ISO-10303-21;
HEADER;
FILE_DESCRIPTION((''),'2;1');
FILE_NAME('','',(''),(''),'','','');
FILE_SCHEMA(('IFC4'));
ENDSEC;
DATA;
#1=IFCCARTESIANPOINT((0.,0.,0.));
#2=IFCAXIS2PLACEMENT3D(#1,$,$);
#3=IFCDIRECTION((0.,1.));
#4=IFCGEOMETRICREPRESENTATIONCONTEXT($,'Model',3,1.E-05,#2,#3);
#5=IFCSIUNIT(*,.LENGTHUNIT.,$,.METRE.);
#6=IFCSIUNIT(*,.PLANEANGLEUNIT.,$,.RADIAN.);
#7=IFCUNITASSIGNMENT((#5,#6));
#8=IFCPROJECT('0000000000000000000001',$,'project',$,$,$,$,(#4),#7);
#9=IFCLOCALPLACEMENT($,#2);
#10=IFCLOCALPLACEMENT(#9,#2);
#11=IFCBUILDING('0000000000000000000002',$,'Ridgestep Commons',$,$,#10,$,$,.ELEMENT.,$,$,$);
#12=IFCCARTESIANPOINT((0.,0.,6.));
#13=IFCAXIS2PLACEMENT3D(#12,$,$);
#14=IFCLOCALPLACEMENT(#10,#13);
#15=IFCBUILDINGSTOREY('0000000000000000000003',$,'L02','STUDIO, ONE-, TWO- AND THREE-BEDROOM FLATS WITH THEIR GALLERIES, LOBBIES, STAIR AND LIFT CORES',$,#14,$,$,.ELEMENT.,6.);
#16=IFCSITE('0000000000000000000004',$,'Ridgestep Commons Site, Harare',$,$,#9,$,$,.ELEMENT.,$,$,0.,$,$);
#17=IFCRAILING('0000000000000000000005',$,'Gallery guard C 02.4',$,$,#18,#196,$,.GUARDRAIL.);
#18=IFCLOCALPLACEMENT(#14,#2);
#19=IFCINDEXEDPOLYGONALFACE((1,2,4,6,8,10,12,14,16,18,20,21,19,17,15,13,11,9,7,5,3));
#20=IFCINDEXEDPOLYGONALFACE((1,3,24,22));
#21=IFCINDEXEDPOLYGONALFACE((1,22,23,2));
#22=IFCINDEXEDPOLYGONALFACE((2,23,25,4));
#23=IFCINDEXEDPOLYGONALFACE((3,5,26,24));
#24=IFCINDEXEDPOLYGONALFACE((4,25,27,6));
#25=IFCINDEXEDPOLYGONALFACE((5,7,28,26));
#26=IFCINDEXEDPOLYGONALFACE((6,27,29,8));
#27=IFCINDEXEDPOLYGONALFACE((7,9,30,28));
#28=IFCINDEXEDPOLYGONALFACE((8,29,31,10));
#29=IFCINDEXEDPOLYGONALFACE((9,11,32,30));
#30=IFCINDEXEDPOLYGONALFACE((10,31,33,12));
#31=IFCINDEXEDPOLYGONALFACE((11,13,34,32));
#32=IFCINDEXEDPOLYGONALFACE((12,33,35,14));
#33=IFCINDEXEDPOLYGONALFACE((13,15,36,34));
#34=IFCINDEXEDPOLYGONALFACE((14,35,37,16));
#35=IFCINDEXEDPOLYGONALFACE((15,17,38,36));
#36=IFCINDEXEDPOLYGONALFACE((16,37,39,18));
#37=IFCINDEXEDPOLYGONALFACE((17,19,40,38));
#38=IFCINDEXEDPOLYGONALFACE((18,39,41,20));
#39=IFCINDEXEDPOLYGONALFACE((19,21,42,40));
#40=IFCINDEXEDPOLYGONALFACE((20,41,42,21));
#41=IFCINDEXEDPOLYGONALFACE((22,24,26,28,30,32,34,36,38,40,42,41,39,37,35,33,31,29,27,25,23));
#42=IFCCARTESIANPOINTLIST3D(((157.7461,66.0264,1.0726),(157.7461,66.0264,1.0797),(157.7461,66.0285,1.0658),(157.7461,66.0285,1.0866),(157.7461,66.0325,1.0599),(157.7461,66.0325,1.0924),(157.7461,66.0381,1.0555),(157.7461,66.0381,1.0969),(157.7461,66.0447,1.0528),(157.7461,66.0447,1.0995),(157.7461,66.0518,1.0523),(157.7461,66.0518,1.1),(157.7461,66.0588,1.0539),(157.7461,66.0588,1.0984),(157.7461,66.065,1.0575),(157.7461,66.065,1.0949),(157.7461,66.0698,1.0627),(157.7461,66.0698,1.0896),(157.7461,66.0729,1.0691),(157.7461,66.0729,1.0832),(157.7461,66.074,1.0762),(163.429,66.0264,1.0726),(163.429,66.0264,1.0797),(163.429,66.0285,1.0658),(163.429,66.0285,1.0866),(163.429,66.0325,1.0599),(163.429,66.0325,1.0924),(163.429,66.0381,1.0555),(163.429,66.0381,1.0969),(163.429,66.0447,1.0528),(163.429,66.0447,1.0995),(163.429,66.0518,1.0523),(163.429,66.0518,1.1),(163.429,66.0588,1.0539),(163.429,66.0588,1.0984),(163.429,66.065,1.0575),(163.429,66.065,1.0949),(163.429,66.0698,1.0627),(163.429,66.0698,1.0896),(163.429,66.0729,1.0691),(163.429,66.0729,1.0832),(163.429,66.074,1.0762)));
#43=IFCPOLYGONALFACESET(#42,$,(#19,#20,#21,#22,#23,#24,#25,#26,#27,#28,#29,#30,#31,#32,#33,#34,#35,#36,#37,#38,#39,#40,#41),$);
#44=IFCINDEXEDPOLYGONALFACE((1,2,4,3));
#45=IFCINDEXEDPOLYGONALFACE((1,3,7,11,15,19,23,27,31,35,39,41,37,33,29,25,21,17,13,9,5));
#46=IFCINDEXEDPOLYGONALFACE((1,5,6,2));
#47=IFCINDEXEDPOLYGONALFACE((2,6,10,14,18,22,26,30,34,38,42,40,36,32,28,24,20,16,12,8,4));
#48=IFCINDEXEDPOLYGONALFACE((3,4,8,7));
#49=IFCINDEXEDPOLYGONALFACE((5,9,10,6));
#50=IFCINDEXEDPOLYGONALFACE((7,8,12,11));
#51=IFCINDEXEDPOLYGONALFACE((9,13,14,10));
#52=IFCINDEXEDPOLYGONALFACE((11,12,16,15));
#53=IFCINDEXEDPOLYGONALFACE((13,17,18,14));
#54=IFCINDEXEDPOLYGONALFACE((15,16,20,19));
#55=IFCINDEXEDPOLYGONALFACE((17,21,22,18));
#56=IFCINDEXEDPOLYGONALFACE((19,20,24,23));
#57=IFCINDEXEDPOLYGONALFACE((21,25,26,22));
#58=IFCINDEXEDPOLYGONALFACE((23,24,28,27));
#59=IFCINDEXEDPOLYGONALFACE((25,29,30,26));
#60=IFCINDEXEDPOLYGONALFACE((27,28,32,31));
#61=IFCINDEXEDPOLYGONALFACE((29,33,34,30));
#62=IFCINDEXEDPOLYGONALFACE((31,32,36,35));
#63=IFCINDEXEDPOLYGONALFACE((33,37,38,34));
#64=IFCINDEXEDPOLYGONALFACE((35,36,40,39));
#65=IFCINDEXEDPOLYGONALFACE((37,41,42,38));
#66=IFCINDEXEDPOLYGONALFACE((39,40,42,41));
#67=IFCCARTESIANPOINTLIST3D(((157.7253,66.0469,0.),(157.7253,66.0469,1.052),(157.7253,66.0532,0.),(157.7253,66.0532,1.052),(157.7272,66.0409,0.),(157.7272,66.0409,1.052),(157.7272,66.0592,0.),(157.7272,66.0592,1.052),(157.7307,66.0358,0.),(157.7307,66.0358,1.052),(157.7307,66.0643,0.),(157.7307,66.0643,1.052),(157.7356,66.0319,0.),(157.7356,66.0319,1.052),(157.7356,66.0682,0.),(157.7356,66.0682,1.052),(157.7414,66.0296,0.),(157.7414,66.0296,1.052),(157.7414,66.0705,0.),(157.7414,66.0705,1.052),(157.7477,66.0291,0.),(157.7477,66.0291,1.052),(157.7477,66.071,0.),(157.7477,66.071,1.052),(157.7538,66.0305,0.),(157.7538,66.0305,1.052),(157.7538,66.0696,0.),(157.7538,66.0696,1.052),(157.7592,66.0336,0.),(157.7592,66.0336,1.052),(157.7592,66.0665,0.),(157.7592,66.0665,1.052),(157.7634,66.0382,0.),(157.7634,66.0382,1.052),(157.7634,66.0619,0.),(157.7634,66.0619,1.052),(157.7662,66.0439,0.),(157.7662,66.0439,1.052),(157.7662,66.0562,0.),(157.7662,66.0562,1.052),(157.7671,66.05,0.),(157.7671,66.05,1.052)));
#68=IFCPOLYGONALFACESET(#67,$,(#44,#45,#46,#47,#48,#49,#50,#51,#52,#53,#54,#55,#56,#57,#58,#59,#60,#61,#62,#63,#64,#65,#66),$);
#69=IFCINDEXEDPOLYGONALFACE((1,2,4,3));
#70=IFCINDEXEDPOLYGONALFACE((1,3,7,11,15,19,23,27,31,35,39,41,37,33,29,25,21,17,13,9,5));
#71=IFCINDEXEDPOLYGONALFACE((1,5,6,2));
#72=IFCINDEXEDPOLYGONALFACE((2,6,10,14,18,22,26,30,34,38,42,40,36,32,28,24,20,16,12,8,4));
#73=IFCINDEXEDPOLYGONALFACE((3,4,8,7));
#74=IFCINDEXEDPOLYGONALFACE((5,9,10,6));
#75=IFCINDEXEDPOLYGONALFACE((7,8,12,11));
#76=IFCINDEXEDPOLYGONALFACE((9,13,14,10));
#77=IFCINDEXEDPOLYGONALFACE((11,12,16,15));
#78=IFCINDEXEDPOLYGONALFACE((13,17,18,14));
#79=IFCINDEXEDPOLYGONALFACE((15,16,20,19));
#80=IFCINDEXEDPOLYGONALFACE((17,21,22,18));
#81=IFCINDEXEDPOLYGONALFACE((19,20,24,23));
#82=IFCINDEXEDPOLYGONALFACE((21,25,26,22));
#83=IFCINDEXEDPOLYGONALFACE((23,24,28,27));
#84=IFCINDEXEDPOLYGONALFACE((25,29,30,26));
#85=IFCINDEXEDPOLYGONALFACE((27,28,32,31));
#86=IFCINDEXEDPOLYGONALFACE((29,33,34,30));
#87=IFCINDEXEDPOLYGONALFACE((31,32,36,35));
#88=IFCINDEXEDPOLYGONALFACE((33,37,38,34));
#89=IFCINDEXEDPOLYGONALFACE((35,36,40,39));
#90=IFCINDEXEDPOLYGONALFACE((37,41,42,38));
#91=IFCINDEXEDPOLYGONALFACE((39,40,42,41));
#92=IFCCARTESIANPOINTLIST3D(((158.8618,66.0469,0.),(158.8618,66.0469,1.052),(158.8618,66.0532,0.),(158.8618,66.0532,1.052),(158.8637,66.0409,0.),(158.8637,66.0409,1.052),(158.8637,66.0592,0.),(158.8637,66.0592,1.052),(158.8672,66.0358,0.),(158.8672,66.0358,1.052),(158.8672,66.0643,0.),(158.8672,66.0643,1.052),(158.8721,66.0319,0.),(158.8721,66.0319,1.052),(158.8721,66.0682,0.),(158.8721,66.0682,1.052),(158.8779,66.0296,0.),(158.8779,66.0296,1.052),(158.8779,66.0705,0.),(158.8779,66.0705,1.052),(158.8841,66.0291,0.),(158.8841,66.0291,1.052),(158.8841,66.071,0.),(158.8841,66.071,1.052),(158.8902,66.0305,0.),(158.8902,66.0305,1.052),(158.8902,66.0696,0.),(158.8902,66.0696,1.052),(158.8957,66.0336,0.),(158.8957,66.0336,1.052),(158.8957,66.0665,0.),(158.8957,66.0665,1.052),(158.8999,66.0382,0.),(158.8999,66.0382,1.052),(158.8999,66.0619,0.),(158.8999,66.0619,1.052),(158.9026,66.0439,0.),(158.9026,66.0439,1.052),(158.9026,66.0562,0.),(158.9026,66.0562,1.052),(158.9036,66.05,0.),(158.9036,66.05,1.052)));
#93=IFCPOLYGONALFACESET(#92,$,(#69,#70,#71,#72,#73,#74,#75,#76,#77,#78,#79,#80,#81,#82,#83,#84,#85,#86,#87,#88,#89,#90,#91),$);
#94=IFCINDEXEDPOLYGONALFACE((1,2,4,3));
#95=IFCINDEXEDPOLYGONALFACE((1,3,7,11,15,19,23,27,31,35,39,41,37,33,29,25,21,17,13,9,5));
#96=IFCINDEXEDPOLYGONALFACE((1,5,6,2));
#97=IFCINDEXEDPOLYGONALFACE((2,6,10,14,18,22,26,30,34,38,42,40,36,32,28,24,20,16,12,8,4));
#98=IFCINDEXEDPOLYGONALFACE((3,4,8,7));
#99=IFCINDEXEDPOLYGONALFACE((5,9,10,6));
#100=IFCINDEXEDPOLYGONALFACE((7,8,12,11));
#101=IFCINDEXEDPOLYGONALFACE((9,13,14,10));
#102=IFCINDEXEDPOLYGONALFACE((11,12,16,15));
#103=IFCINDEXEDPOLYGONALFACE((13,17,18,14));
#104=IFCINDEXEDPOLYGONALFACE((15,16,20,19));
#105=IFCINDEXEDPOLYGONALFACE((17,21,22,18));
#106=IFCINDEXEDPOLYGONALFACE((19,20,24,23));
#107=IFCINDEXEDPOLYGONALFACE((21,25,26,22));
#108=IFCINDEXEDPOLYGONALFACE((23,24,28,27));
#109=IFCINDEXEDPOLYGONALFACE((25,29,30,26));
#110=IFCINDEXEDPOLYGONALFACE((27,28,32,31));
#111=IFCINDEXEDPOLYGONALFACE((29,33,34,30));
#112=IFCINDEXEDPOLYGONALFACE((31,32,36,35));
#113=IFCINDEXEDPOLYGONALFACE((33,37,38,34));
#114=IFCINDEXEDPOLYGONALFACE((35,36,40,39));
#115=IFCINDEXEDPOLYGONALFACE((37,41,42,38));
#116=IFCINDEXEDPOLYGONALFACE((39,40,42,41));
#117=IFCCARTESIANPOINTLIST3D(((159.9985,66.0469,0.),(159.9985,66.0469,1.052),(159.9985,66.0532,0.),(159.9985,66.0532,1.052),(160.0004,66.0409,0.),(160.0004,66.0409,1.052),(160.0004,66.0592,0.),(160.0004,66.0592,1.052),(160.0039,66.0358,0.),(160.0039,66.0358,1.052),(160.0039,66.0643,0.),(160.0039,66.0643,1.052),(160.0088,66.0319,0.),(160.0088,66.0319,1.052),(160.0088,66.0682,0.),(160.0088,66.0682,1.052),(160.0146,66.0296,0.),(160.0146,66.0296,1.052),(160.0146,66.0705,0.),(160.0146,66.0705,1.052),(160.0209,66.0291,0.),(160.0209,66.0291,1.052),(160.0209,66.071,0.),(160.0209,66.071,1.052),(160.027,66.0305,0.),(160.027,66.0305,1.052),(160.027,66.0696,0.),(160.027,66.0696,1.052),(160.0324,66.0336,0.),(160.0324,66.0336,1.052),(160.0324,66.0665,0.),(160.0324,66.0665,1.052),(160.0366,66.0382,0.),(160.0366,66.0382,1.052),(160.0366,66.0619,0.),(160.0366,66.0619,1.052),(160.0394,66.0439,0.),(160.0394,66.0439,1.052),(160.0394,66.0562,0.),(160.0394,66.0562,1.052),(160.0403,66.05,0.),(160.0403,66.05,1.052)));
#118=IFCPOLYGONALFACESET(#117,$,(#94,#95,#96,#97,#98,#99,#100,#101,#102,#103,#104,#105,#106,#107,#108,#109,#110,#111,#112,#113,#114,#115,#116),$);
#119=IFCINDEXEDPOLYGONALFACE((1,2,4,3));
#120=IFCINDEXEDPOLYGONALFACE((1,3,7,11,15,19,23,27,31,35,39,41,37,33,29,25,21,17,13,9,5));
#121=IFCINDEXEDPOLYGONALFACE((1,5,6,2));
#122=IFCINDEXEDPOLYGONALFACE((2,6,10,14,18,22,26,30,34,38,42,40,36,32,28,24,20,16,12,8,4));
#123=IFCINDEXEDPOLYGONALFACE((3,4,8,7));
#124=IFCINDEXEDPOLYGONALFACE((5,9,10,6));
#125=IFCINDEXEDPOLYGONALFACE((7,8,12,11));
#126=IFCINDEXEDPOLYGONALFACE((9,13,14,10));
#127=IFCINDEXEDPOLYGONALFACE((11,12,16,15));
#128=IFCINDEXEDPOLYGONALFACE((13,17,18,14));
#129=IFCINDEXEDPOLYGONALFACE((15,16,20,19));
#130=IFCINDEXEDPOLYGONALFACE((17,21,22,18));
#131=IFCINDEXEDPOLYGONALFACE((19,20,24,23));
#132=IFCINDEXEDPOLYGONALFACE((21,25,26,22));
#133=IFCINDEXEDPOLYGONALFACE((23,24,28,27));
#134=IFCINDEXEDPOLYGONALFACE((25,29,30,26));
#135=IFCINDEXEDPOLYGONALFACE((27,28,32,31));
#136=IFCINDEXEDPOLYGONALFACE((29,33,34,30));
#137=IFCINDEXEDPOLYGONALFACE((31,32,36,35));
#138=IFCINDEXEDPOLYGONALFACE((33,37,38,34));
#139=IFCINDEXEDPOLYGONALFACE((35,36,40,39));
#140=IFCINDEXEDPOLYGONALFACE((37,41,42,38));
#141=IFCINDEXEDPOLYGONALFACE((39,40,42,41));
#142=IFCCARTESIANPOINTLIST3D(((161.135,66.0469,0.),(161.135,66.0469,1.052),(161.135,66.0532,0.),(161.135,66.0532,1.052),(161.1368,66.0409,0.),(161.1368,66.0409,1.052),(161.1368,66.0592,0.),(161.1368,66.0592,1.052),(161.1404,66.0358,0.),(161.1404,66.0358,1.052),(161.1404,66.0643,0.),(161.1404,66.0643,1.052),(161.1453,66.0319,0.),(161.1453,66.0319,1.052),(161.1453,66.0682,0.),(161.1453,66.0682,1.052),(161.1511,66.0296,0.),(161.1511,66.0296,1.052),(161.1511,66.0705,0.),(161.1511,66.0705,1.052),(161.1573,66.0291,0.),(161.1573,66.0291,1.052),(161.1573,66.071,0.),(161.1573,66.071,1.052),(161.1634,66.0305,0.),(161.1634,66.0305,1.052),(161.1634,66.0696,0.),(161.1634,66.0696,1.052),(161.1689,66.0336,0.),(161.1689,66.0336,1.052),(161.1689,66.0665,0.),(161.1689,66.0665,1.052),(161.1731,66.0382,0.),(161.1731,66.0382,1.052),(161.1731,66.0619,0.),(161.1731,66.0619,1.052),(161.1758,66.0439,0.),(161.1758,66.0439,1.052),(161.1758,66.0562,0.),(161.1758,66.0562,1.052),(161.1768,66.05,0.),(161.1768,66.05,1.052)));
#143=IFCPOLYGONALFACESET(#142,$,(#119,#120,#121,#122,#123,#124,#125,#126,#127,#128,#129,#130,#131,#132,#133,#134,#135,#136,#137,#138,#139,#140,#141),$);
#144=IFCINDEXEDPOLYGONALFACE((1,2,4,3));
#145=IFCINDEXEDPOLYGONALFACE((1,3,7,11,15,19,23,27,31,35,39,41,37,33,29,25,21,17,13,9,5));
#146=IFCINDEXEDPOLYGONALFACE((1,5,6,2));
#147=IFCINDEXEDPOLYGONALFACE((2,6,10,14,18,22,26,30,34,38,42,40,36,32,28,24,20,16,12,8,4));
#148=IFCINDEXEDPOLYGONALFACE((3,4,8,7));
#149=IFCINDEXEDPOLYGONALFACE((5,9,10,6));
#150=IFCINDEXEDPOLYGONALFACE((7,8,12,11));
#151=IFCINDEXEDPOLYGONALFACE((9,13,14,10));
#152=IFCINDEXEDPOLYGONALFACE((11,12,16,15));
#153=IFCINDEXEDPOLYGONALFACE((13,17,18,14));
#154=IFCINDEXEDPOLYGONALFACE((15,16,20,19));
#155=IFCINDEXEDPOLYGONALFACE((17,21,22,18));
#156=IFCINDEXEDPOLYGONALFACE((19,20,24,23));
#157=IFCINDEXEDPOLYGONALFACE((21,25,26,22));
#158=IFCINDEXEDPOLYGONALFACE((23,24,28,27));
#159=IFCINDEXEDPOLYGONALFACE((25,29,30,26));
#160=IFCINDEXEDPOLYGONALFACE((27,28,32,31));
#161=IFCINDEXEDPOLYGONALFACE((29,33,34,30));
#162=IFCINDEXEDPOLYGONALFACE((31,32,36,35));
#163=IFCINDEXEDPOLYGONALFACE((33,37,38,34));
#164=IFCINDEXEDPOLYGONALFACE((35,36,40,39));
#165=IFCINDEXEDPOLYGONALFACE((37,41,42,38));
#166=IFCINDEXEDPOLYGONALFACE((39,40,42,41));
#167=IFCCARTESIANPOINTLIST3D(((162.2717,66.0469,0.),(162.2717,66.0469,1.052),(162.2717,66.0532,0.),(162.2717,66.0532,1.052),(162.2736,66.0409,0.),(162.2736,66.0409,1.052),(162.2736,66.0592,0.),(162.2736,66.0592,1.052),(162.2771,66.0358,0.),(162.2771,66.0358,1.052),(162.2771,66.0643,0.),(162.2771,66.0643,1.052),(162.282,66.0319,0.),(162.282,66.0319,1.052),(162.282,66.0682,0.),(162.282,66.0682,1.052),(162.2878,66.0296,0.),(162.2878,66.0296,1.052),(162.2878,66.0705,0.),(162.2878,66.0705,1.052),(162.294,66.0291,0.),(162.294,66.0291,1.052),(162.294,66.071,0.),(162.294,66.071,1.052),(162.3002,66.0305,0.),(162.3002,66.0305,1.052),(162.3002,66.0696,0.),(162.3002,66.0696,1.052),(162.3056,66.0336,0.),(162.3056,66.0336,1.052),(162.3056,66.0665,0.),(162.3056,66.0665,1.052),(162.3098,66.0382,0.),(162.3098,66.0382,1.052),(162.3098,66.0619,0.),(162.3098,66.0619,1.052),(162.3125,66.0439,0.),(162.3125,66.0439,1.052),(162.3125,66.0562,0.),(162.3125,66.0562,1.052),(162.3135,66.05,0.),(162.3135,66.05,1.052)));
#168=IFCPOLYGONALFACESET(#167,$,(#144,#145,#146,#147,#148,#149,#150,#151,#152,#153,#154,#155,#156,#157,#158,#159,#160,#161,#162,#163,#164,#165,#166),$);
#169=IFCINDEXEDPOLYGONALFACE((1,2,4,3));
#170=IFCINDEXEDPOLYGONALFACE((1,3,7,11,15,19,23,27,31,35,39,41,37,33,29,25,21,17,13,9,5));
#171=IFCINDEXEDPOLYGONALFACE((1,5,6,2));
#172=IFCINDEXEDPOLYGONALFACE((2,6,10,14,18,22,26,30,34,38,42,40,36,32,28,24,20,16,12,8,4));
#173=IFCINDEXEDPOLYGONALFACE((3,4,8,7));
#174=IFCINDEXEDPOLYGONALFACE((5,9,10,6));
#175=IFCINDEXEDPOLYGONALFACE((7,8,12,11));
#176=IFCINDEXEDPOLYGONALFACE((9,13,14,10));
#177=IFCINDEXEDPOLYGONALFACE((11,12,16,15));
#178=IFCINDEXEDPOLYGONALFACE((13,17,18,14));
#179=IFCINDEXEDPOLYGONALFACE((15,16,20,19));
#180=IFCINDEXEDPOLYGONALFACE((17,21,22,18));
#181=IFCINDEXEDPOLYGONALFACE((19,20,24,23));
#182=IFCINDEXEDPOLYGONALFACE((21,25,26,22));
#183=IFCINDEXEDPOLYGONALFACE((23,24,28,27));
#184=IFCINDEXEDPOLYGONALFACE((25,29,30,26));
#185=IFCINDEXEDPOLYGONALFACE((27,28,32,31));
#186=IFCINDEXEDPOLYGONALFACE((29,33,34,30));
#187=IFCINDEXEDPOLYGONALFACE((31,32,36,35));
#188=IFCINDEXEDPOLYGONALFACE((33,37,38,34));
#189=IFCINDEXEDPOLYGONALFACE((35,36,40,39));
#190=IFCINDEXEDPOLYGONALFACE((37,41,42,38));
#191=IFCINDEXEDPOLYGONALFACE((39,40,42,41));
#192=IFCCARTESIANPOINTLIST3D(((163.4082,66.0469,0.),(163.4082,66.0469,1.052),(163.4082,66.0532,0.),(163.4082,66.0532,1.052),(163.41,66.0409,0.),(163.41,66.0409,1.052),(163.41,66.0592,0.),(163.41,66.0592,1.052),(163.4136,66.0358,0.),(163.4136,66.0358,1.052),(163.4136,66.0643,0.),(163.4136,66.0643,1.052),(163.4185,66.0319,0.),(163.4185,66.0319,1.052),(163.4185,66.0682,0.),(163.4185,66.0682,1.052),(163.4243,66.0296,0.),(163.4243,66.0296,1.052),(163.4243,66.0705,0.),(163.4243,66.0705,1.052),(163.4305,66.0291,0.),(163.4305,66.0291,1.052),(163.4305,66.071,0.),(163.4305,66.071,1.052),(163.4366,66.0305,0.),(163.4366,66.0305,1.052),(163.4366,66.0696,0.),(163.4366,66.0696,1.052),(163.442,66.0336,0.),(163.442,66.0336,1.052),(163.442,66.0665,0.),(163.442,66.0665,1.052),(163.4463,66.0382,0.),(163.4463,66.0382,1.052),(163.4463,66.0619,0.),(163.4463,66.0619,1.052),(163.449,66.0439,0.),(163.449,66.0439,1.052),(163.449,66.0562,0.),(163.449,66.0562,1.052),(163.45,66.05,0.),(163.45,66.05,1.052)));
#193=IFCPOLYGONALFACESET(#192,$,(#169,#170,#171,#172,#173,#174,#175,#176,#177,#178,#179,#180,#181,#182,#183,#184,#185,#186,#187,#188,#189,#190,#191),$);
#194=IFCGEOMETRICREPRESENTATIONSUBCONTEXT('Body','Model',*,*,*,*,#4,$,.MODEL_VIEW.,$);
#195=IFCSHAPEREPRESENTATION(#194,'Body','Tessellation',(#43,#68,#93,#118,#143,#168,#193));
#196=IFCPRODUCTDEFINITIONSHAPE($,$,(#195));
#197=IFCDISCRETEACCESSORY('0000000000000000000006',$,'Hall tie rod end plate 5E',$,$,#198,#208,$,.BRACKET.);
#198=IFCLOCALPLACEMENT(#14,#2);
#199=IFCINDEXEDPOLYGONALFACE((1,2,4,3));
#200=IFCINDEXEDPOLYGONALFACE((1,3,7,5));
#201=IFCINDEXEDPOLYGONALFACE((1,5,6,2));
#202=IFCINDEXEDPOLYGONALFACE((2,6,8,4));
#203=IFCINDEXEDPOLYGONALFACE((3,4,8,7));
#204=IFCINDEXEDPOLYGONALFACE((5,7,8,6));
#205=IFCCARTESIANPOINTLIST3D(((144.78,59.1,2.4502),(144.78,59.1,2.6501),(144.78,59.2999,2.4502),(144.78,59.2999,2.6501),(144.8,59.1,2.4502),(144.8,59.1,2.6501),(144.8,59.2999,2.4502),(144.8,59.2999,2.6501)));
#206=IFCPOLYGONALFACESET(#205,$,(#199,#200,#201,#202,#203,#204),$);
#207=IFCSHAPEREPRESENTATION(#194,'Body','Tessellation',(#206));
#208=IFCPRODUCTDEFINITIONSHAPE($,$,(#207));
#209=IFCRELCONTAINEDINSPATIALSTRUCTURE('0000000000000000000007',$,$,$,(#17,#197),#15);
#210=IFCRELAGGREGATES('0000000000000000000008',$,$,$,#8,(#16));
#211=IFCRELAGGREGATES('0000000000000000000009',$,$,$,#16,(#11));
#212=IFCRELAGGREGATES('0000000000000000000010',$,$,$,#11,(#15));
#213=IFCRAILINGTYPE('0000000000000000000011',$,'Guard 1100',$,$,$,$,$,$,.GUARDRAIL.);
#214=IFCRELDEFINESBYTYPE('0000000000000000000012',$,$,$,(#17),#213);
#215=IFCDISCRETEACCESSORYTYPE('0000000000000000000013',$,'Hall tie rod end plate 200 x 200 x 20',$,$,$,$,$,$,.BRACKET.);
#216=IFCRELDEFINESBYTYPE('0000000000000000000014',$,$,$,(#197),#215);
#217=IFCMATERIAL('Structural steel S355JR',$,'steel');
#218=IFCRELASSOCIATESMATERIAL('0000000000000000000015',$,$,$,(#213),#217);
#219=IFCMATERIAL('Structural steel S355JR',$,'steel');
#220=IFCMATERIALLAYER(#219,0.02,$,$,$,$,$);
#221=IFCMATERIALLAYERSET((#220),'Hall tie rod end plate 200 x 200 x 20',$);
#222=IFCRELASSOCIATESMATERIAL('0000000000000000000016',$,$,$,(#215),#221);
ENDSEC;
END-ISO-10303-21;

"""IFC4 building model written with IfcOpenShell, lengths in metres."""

from ifc_helpers import new_model, si_unit, direction, frame, origin, origin_2d, place, context, subcontext, project, spatial, rectangle, circle, extrude, material, layer, layer_set, type_object, element, save


model = new_model("IFC4")

# Units and contexts
model_context = context("Model", 3, precision=1e-05, world=origin(), true_north=direction((0.0, 1.0)))
body_context = subcontext(model_context, "Body", "Model", "MODEL_VIEW")
ifc_project = project(units=[si_unit("LENGTHUNIT", "METRE"), si_unit("PLANEANGLEUNIT", "RADIAN")], contexts=[model_context])

# Site, building, storey
site_placement = place(None, origin())
site = spatial("IfcSite", under=ifc_project, at=site_placement, Name="Ridgestep Commons Site, Harare", CompositionType="ELEMENT", RefElevation=0.0)
building_placement = place(site_placement, origin())
building = spatial("IfcBuilding", under=site, at=building_placement, Name="Ridgestep Commons", CompositionType="ELEMENT")
storey_placement = place(building_placement, frame((0.0, 0.0, 6.0)))
storey = spatial("IfcBuildingStorey", under=building, at=storey_placement, Name="L02", Description="STUDIO, ONE-, TWO- AND THREE-BEDROOM FLATS WITH THEIR GALLERIES, LOBBIES, STAIR AND LIFT CORES", CompositionType="ELEMENT", Elevation=6.0)

# Railing
ifc_material_1 = material(Name="Structural steel S355JR", Category="steel")
railing_type = type_object("IfcRailingType", Name="Guard 1100", PredefinedType="GUARDRAIL", material=ifc_material_1)
railing_1_placement = place(storey_placement, frame((157.7461, 66.05, 0.0)))
element("IfcRailing", 1, at=railing_1_placement, inside=storey, type_object=railing_type, Name="Gallery guard C 02.4", PredefinedType="GUARDRAIL", context=body_context, shape_type="SweptSolid", body=[
    extrude(circle(Radius=0.0239, at=origin_2d()), frame((0.0, 0.0, 1.0762), z_axis=(1.0, 0.0, 0.0), x_axis=(0.0, 1.0, 0.0)), (0.0, 0.0, 1.0), 5.6829),
    extrude(circle(Radius=0.021, at=origin_2d()), origin(), (0.0, 0.0, 1.0), 1.052),
    extrude(circle(Radius=0.021, at=origin_2d()), frame((1.1365, 0.0, 0.0)), (0.0, 0.0, 1.0), 1.052),
    extrude(circle(Radius=0.021, at=origin_2d()), frame((2.2732, 0.0, 0.0)), (0.0, 0.0, 1.0), 1.052),
    extrude(circle(Radius=0.021, at=origin_2d()), frame((3.4097, 0.0, 0.0)), (0.0, 0.0, 1.0), 1.052),
    extrude(circle(Radius=0.021, at=origin_2d()), frame((4.5464, 0.0, 0.0)), (0.0, 0.0, 1.0), 1.052),
    extrude(circle(Radius=0.021, at=origin_2d()), frame((5.6829, 0.0, 0.0)), (0.0, 0.0, 1.0), 1.052),
])

# Discrete accessory
ifc_material_2 = material(Name="Structural steel S355JR", Category="steel")
ifc_layer_1 = layer(ifc_material_2, 0.02)
ifc_layer_set_1 = layer_set([ifc_layer_1], Name="Hall tie rod end plate 200 x 200 x 20")
discrete_accessory_type = type_object("IfcDiscreteAccessoryType", Name="Hall tie rod end plate 200 x 200 x 20", PredefinedType="BRACKET", material=ifc_layer_set_1)
discrete_accessory_placement = place(storey_placement, frame((144.79, 59.2, 2.4502), z_axis=(0.0, 0.0, 1.0), x_axis=(1.0, 0.0, 0.0)))
element("IfcDiscreteAccessory", 2, at=discrete_accessory_placement, inside=storey, type_object=discrete_accessory_type, Name="Hall tie rod end plate 5E", PredefinedType="BRACKET", context=body_context, shape_type="SweptSolid", body=[
    extrude(rectangle(XDim=0.02, YDim=0.2, at=origin_2d()), origin(), (0.0, 0.0, 1.0), 0.2),
])

save(model, "model.ifc")
